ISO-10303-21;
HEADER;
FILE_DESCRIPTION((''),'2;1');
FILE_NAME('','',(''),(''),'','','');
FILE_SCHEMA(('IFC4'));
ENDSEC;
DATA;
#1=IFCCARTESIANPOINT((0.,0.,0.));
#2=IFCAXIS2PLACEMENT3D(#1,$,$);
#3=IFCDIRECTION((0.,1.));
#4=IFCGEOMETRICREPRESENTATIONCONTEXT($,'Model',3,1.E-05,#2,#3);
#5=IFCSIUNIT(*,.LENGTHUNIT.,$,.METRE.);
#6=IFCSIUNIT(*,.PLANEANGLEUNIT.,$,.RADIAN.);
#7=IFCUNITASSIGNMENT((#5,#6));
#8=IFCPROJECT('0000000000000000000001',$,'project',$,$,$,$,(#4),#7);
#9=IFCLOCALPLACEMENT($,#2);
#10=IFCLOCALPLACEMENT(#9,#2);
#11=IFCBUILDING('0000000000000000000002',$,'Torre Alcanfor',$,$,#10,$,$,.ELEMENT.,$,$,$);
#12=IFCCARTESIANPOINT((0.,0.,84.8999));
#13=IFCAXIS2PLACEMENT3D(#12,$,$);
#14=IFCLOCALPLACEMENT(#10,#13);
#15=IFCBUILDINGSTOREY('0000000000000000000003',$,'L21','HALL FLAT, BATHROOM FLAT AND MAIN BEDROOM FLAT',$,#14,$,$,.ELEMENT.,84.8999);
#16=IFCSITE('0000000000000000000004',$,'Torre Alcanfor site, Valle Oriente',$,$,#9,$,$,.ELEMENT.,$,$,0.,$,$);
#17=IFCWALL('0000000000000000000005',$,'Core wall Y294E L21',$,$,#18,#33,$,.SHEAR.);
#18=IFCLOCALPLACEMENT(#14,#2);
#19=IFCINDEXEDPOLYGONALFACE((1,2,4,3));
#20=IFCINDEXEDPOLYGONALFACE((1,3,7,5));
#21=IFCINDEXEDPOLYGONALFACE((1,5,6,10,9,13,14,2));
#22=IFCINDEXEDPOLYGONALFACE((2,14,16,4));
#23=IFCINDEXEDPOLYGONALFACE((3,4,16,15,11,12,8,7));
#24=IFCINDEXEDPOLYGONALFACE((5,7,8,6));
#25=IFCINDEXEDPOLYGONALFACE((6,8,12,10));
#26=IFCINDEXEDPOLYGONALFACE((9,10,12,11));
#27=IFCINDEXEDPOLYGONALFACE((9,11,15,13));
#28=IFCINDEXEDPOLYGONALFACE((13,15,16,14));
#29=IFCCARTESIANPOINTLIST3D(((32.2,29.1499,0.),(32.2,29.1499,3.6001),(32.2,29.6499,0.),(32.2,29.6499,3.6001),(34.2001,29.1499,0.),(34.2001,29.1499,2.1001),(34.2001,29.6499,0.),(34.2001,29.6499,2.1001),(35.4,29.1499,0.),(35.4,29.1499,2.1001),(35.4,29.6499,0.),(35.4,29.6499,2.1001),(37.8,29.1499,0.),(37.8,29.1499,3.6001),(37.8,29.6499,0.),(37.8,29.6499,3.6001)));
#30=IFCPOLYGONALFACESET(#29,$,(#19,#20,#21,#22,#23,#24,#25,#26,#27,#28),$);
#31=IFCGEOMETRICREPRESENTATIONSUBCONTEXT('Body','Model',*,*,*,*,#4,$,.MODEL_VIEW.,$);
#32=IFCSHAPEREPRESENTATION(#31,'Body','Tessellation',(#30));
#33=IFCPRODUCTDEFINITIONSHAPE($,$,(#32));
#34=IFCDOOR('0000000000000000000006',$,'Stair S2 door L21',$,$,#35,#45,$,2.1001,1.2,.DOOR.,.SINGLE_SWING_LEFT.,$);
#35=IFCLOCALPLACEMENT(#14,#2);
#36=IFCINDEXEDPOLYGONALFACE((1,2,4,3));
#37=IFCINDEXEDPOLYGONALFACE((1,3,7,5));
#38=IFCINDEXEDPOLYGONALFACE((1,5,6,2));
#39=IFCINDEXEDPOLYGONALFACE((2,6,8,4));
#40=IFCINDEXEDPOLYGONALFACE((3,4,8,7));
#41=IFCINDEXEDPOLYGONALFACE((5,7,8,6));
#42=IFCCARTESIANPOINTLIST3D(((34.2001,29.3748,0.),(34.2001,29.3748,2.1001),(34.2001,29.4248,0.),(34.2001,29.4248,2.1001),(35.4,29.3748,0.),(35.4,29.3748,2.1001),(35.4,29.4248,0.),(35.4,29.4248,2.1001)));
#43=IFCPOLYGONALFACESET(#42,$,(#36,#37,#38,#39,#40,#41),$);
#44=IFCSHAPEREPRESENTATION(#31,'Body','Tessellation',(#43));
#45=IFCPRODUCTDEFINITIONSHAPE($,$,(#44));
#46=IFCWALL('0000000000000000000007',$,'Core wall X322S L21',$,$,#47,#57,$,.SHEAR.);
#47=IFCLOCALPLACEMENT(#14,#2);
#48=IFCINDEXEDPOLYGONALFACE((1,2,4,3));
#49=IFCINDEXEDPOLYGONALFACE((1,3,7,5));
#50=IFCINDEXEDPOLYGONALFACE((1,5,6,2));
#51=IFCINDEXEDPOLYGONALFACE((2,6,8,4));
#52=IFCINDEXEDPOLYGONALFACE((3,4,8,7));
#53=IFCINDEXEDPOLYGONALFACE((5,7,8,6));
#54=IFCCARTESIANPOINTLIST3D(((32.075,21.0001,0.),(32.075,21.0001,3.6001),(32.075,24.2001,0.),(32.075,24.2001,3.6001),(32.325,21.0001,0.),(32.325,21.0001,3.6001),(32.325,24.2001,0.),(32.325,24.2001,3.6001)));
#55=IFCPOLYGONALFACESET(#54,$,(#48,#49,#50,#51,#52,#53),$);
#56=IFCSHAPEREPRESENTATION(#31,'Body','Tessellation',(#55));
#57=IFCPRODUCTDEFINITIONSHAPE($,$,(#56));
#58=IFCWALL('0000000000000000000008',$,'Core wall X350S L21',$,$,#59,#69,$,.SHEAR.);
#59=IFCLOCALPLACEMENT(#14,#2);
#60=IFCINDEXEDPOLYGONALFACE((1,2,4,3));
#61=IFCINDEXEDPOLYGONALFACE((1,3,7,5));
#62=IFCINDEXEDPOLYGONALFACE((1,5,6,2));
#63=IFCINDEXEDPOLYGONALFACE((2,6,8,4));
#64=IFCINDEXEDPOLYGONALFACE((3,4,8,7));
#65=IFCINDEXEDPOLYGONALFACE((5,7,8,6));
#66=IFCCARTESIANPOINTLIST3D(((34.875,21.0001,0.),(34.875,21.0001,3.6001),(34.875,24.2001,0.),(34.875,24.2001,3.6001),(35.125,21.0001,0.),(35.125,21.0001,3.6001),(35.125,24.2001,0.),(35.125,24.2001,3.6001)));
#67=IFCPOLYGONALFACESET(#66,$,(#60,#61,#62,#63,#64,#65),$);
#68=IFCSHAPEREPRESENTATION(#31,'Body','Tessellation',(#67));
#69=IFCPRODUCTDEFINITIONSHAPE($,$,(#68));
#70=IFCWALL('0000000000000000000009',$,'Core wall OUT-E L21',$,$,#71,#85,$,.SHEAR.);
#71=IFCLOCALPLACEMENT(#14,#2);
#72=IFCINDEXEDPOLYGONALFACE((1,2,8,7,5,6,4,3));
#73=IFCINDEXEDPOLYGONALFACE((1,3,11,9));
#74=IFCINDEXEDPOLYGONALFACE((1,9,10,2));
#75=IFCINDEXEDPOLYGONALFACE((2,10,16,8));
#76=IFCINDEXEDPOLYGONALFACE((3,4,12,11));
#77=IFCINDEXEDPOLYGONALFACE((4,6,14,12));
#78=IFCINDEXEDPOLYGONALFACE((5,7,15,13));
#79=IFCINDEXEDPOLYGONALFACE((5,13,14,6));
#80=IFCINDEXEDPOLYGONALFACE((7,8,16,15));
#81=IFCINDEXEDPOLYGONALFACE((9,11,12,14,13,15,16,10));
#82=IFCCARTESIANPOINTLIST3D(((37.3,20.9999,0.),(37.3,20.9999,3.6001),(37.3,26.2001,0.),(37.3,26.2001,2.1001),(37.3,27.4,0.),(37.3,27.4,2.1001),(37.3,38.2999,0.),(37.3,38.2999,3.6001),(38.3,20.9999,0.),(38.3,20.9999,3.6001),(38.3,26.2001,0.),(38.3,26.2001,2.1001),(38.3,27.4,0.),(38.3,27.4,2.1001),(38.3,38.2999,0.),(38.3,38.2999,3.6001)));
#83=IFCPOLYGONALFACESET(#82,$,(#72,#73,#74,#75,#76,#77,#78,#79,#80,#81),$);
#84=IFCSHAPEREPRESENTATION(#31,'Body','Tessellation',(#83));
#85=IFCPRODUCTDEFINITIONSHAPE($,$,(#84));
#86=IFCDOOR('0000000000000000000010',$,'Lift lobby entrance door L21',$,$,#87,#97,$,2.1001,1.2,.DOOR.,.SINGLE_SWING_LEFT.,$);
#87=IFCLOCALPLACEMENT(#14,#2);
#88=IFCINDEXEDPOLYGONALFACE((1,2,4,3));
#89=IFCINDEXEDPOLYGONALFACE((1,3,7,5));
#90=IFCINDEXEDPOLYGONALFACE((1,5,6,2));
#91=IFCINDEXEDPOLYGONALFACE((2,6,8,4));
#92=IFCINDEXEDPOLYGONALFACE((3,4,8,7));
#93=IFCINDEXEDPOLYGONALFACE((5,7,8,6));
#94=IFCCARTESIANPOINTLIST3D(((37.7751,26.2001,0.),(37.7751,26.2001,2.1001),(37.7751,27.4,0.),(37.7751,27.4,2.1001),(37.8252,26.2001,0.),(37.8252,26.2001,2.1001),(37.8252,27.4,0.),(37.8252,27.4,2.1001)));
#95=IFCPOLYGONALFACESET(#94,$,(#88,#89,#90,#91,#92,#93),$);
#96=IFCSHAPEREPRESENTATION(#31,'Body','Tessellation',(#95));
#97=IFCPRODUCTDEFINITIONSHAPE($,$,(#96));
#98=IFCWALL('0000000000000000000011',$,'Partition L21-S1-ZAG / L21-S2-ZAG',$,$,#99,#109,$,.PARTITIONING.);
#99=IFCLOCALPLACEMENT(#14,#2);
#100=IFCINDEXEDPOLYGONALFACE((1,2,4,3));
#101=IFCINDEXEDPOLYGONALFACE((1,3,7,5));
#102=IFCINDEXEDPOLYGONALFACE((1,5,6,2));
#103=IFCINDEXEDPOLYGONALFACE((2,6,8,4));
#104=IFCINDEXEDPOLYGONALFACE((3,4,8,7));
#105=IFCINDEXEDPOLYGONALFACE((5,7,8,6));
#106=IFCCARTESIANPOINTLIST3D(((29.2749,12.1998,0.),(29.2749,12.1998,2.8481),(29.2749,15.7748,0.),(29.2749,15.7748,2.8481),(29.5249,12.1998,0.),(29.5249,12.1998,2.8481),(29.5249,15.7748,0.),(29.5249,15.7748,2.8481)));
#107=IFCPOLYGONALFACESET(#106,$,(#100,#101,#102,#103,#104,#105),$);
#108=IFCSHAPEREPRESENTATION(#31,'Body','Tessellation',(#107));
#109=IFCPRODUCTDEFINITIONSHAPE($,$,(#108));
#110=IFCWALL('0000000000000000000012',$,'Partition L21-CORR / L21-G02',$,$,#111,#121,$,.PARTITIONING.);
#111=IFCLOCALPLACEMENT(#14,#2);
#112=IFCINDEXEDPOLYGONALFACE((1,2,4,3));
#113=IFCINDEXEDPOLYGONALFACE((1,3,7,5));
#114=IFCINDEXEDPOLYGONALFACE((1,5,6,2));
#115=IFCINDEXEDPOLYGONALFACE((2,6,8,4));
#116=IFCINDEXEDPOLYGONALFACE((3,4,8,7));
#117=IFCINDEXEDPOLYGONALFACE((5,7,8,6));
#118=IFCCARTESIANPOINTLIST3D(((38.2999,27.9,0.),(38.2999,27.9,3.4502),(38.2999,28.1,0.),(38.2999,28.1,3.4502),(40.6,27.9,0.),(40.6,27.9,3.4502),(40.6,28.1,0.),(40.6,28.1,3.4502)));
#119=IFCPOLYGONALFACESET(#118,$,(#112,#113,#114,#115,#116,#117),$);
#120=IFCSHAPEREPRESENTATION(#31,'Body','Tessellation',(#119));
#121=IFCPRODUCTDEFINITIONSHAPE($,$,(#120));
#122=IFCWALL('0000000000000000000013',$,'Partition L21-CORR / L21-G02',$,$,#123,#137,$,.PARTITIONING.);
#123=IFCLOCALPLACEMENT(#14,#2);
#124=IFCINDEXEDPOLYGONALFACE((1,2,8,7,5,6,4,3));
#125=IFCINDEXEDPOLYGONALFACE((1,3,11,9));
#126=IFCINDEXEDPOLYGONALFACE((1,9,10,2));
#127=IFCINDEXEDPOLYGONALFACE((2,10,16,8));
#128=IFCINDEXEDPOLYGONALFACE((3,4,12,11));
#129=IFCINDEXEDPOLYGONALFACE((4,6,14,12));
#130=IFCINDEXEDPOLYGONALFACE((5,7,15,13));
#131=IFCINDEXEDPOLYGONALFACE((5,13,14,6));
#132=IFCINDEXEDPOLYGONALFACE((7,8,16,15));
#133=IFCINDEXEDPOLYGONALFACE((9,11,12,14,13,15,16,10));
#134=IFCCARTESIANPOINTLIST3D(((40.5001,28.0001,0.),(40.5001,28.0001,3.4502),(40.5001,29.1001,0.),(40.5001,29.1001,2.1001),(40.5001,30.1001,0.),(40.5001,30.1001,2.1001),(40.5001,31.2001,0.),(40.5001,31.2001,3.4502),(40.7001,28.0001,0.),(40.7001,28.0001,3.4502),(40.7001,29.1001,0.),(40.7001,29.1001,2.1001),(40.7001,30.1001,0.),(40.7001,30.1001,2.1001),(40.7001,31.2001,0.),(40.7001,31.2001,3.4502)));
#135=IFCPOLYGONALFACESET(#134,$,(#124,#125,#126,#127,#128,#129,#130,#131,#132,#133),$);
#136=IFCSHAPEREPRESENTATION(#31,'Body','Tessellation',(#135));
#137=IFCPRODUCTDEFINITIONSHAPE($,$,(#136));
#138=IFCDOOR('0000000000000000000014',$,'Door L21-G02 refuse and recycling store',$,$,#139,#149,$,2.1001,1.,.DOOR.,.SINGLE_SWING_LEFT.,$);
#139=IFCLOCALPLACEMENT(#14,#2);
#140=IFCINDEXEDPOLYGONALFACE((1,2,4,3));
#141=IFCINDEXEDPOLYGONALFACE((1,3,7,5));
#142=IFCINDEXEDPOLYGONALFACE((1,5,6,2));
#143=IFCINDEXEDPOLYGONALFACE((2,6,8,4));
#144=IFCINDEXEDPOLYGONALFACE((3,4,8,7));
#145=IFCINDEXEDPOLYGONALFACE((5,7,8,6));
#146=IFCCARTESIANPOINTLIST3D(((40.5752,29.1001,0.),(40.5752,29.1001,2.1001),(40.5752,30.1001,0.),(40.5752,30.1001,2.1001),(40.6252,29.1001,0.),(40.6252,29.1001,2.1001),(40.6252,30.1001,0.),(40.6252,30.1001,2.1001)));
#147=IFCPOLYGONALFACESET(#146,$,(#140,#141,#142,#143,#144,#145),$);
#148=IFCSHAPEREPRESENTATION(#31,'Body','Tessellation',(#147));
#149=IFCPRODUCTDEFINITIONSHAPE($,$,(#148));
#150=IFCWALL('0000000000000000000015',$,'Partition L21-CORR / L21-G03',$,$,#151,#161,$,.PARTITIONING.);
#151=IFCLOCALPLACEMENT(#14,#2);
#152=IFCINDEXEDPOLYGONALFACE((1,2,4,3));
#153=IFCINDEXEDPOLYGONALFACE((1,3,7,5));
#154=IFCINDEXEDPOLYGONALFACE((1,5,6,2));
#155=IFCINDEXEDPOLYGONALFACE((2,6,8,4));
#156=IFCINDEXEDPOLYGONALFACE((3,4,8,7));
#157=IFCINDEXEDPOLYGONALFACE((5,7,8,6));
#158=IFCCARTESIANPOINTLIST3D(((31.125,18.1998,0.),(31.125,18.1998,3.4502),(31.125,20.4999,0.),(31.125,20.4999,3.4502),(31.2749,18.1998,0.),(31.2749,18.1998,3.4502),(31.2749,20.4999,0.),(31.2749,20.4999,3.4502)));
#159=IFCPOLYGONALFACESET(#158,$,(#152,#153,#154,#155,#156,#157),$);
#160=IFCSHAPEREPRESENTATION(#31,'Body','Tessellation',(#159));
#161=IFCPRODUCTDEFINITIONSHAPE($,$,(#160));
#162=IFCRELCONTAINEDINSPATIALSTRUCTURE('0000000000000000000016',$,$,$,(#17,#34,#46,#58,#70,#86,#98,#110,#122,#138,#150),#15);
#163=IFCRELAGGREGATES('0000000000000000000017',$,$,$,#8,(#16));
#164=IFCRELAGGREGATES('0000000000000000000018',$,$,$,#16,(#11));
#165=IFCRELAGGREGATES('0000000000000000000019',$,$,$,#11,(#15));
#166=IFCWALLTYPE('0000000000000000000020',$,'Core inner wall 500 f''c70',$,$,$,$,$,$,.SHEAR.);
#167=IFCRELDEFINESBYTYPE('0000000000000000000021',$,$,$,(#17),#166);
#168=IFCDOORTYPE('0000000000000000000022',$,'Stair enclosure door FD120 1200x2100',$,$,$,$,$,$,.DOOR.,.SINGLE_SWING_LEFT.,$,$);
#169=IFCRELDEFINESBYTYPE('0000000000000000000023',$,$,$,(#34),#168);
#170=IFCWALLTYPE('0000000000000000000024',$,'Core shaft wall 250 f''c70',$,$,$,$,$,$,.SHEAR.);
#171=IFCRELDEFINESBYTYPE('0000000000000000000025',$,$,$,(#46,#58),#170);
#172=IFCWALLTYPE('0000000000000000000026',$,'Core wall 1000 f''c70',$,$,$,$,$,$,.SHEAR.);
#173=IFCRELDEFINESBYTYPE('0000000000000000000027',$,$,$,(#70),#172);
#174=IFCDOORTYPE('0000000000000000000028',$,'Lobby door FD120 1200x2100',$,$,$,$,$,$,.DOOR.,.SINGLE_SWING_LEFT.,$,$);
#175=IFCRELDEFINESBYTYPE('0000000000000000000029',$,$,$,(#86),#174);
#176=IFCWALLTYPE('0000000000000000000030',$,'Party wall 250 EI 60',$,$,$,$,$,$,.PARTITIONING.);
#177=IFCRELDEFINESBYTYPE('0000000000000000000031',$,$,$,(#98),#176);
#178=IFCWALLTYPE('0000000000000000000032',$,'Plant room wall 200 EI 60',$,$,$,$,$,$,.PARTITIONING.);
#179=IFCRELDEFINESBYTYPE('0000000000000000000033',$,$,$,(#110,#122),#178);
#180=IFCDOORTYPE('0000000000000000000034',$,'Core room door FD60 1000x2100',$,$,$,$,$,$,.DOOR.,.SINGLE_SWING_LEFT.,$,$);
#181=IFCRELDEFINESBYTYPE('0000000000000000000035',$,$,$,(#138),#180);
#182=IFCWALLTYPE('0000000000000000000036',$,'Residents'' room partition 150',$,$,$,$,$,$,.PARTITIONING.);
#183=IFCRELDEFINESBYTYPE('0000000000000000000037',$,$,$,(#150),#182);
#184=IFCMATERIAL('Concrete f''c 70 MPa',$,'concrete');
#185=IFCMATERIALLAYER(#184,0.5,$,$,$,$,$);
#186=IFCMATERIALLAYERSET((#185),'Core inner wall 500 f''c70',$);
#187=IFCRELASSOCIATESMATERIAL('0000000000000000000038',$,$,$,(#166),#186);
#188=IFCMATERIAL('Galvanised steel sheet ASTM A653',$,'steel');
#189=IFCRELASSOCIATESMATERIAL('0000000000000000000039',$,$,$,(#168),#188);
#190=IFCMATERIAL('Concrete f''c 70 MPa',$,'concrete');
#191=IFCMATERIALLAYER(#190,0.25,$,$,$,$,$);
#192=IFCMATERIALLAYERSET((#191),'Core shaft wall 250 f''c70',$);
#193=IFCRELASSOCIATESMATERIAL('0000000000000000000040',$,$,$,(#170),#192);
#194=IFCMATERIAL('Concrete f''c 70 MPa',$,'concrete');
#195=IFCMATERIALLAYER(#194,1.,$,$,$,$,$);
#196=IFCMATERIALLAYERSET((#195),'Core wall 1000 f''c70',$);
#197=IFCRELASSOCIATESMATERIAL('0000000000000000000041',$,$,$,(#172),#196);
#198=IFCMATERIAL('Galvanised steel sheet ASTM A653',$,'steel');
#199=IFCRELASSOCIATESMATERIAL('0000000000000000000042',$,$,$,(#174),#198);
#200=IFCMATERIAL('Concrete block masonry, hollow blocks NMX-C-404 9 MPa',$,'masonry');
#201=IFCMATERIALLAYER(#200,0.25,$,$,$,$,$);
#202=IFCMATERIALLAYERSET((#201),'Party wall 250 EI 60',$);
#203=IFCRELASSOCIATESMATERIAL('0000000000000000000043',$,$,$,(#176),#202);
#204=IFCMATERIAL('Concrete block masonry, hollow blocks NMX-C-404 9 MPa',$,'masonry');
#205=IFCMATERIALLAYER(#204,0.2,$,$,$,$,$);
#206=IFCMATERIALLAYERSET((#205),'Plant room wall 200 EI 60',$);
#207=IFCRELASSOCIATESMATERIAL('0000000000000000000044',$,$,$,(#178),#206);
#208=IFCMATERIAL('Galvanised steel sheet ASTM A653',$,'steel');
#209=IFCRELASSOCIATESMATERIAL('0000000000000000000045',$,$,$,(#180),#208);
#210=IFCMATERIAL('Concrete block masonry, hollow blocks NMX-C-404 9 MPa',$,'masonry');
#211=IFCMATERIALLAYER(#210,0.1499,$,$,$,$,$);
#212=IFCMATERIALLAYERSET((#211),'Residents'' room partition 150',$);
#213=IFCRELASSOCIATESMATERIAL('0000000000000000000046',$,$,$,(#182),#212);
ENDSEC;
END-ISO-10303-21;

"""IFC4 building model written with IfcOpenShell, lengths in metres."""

from ifc_helpers import new_model, si_unit, direction, frame, frame_2d, origin, place, context, subcontext, project, spatial, rectangle, extrude, material, layer, layer_set, type_object, element, fill, save


model = new_model("IFC4")

# Units and contexts
model_context = context("Model", 3, precision=1e-05, world=origin(), true_north=direction((0.0, 1.0)))
body_context = subcontext(model_context, "Body", "Model", "MODEL_VIEW")
ifc_project = project(units=[si_unit("LENGTHUNIT", "METRE"), si_unit("PLANEANGLEUNIT", "RADIAN")], contexts=[model_context])

# Site, building, storey
site_placement = place(None, origin())
site = spatial("IfcSite", under=ifc_project, at=site_placement, Name="Torre Alcanfor site, Valle Oriente", CompositionType="ELEMENT", RefElevation=0.0)
building_placement = place(site_placement, origin())
building = spatial("IfcBuilding", under=site, at=building_placement, Name="Torre Alcanfor", CompositionType="ELEMENT")
storey_placement = place(building_placement, frame((0.0, 0.0, 84.8999)))
storey = spatial("IfcBuildingStorey", under=building, at=storey_placement, Name="L21", Description="HALL FLAT, BATHROOM FLAT AND MAIN BEDROOM FLAT", CompositionType="ELEMENT", Elevation=84.8999)

# Shared definitions
ifc_material_1 = material(Name="Concrete f'c 70 MPa", Category="concrete")
ifc_layer_1 = layer(ifc_material_1, 0.5)
ifc_layer_set_1 = layer_set([ifc_layer_1], Name="Core inner wall 500 f'c70")
wall_type_1 = type_object("IfcWallType", Name="Core inner wall 500 f'c70", PredefinedType="SHEAR", material=ifc_layer_set_1)

# Wall, opening, door
wall_1_placement = place(storey_placement, frame((32.2, 29.3999, 0.0), z_axis=(0.0, 0.0, 1.0), x_axis=(1.0, 0.0, 0.0)))
wall_1 = element("IfcWall", 1, at=wall_1_placement, inside=storey, type_object=wall_type_1, Name="Core wall Y294E L21", PredefinedType="SHEAR", context=body_context, shape_type="SweptSolid", body=[
    extrude(rectangle(XDim=5.6001, YDim=0.5, at=frame_2d((2.8, 0.0))), origin(), (0.0, 0.0, 1.0), 3.6001),
])
opening_1_placement = place(wall_1_placement, frame((2.0, 0.0, 0.0)))
opening_1 = element("IfcOpeningElement", 2, at=opening_1_placement, cuts=wall_1, PredefinedType="OPENING", context=body_context, shape_type="SweptSolid", body=[
    extrude(rectangle(XDim=1.2, YDim=2.1001, at=frame_2d((0.6001, 1.05))), frame((0.0, 0.26, 0.0), z_axis=(0.0, -1.0, 0.0), x_axis=(1.0, 0.0, 0.0)), (0.0, 0.0, 1.0), 0.52),
])
ifc_material_2 = material(Name="Galvanised steel sheet ASTM A653", Category="steel")
door_type_1 = type_object("IfcDoorType", Name="Stair enclosure door FD120 1200x2100", OperationType="SINGLE_SWING_LEFT", PredefinedType="DOOR", material=ifc_material_2)
door_1_placement = place(opening_1_placement, origin())
door_1 = element("IfcDoor", 3, at=door_1_placement, inside=storey, type_object=door_type_1, Name="Stair S2 door L21", OperationType="SINGLE_SWING_LEFT", OverallHeight=2.1001, OverallWidth=1.2, PredefinedType="DOOR", context=body_context, shape_type="SweptSolid", body=[
    extrude(rectangle(XDim=1.2, YDim=2.1001, at=frame_2d((0.6001, 1.05))), frame((0.0, 0.0249, 0.0), z_axis=(0.0, -1.0, 0.0), x_axis=(1.0, 0.0, 0.0)), (0.0, 0.0, 1.0), 0.05),
])
fill(opening_1, door_1)

# Walls
ifc_material_3 = material(Name="Concrete f'c 70 MPa", Category="concrete")
ifc_layer_2 = layer(ifc_material_3, 0.25)
ifc_layer_set_2 = layer_set([ifc_layer_2], Name="Core shaft wall 250 f'c70")
wall_type_2 = type_object("IfcWallType", Name="Core shaft wall 250 f'c70", PredefinedType="SHEAR", material=ifc_layer_set_2)
for number, where, z_axis, x_axis, name in (
    (4, (32.2, 21.0, 0.0), (0.0, 0.0, 1.0), (0.0, 1.0, 0.0), "Core wall X322S L21"),
    (5, (35.0, 21.0, 0.0), (0.0, 0.0, 1.0), (0.0, 1.0, 0.0), "Core wall X350S L21"),
):
    element("IfcWall", number, at=place(storey_placement, frame(where, z_axis=z_axis, x_axis=x_axis)), inside=storey, type_object=wall_type_2, Name=name, PredefinedType="SHEAR", context=body_context, shape_type="SweptSolid", body=[
        extrude(rectangle(XDim=3.2, YDim=0.25, at=frame_2d((1.6001, 0.0))), origin(), (0.0, 0.0, 1.0), 3.6001),
    ])

# Wall, opening, door
ifc_material_4 = material(Name="Concrete f'c 70 MPa", Category="concrete")
ifc_layer_3 = layer(ifc_material_4, 1.0)
ifc_layer_set_3 = layer_set([ifc_layer_3], Name="Core wall 1000 f'c70")
wall_type_3 = type_object("IfcWallType", Name="Core wall 1000 f'c70", PredefinedType="SHEAR", material=ifc_layer_set_3)
wall_2_placement = place(storey_placement, frame((37.8, 21.0, 0.0), z_axis=(0.0, 0.0, 1.0), x_axis=(0.0, 1.0, 0.0)))
wall_2 = element("IfcWall", 6, at=wall_2_placement, inside=storey, type_object=wall_type_3, Name="Core wall OUT-E L21", PredefinedType="SHEAR", context=body_context, shape_type="SweptSolid", body=[
    extrude(rectangle(XDim=17.3, YDim=1.0, at=frame_2d((8.6499, 0.0))), origin(), (0.0, 0.0, 1.0), 3.6001),
])
opening_2_placement = place(wall_2_placement, frame((5.2, 0.0, 0.0)))
opening_2 = element("IfcOpeningElement", 7, at=opening_2_placement, cuts=wall_2, PredefinedType="OPENING", context=body_context, shape_type="SweptSolid", body=[
    extrude(rectangle(XDim=1.2, YDim=2.1001, at=frame_2d((0.6001, 1.05))), frame((0.0, 0.51, 0.0), z_axis=(0.0, -1.0, 0.0), x_axis=(1.0, 0.0, 0.0)), (0.0, 0.0, 1.0), 1.02),
])
ifc_material_5 = material(Name="Galvanised steel sheet ASTM A653", Category="steel")
door_type_2 = type_object("IfcDoorType", Name="Lobby door FD120 1200x2100", OperationType="SINGLE_SWING_LEFT", PredefinedType="DOOR", material=ifc_material_5)
door_2_placement = place(opening_2_placement, origin())
door_2 = element("IfcDoor", 8, at=door_2_placement, inside=storey, type_object=door_type_2, Name="Lift lobby entrance door L21", OperationType="SINGLE_SWING_LEFT", OverallHeight=2.1001, OverallWidth=1.2, PredefinedType="DOOR", context=body_context, shape_type="SweptSolid", body=[
    extrude(rectangle(XDim=1.2, YDim=2.1001, at=frame_2d((0.6001, 1.05))), frame((0.0, 0.0249, 0.0), z_axis=(0.0, -1.0, 0.0), x_axis=(1.0, 0.0, 0.0)), (0.0, 0.0, 1.0), 0.05),
])
fill(opening_2, door_2)

# Walls
ifc_material_6 = material(Name="Concrete block masonry, hollow blocks NMX-C-404 9 MPa", Category="masonry")
ifc_layer_4 = layer(ifc_material_6, 0.25)
ifc_layer_set_4 = layer_set([ifc_layer_4], Name="Party wall 250 EI 60")
wall_type_4 = type_object("IfcWallType", Name="Party wall 250 EI 60", PredefinedType="PARTITIONING", material=ifc_layer_set_4)
wall_3_placement = place(storey_placement, frame((29.3999, 15.7749, 0.0), z_axis=(0.0, 0.0, 1.0), x_axis=(0.0, -1.0, 0.0)))
element("IfcWall", 9, at=wall_3_placement, inside=storey, type_object=wall_type_4, Name="Partition L21-S1-ZAG / L21-S2-ZAG", PredefinedType="PARTITIONING", context=body_context, shape_type="SweptSolid", body=[
    extrude(rectangle(XDim=3.575, YDim=0.25, at=frame_2d((1.7876, 0.0))), origin(), (0.0, 0.0, 1.0), 2.8481),
])
ifc_material_7 = material(Name="Concrete block masonry, hollow blocks NMX-C-404 9 MPa", Category="masonry")
ifc_layer_5 = layer(ifc_material_7, 0.2)
ifc_layer_set_5 = layer_set([ifc_layer_5], Name="Plant room wall 200 EI 60")
wall_type_5 = type_object("IfcWallType", Name="Plant room wall 200 EI 60", PredefinedType="PARTITIONING", material=ifc_layer_set_5)
wall_4_placement = place(storey_placement, frame((38.3, 28.0, 0.0), z_axis=(0.0, 0.0, 1.0), x_axis=(1.0, 0.0, 0.0)))
element("IfcWall", 10, at=wall_4_placement, inside=storey, type_object=wall_type_5, Name="Partition L21-CORR / L21-G02", PredefinedType="PARTITIONING", context=body_context, shape_type="SweptSolid", body=[
    extrude(rectangle(XDim=2.3, YDim=0.2, at=frame_2d((1.1499, 0.0))), origin(), (0.0, 0.0, 1.0), 3.4502),
])

# Wall, opening, door
wall_5_placement = place(storey_placement, frame((40.6001, 28.0, 0.0), z_axis=(0.0, 0.0, 1.0), x_axis=(0.0, 1.0, 0.0)))
wall_5 = element("IfcWall", 11, at=wall_5_placement, inside=storey, type_object=wall_type_5, Name="Partition L21-CORR / L21-G02", PredefinedType="PARTITIONING", context=body_context, shape_type="SweptSolid", body=[
    extrude(rectangle(XDim=3.2, YDim=0.2, at=frame_2d((1.6001, 0.0))), origin(), (0.0, 0.0, 1.0), 3.4502),
])
opening_3_placement = place(wall_5_placement, frame((1.1001, 0.0, 0.0)))
opening_3 = element("IfcOpeningElement", 12, at=opening_3_placement, cuts=wall_5, PredefinedType="OPENING", context=body_context, shape_type="SweptSolid", body=[
    extrude(rectangle(XDim=1.0, YDim=2.1001, at=frame_2d((0.5, 1.05))), frame((0.0, 0.1099, 0.0), z_axis=(0.0, -1.0, 0.0), x_axis=(1.0, 0.0, 0.0)), (0.0, 0.0, 1.0), 0.22),
])
ifc_material_8 = material(Name="Galvanised steel sheet ASTM A653", Category="steel")
door_type_3 = type_object("IfcDoorType", Name="Core room door FD60 1000x2100", OperationType="SINGLE_SWING_LEFT", PredefinedType="DOOR", material=ifc_material_8)
door_3_placement = place(opening_3_placement, origin())
door_3 = element("IfcDoor", 13, at=door_3_placement, inside=storey, type_object=door_type_3, Name="Door L21-G02 refuse and recycling store", OperationType="SINGLE_SWING_LEFT", OverallHeight=2.1001, OverallWidth=1.0, PredefinedType="DOOR", context=body_context, shape_type="SweptSolid", body=[
    extrude(rectangle(XDim=1.0, YDim=2.1001, at=frame_2d((0.5, 1.05))), frame((0.0, 0.0249, 0.0), z_axis=(0.0, -1.0, 0.0), x_axis=(1.0, 0.0, 0.0)), (0.0, 0.0, 1.0), 0.05),
])
fill(opening_3, door_3)

# Wall
ifc_material_9 = material(Name="Concrete block masonry, hollow blocks NMX-C-404 9 MPa", Category="masonry")
ifc_layer_6 = layer(ifc_material_9, 0.1499)
ifc_layer_set_6 = layer_set([ifc_layer_6], Name="Residents' room partition 150")
wall_type_6 = type_object("IfcWallType", Name="Residents' room partition 150", PredefinedType="PARTITIONING", material=ifc_layer_set_6)
wall_6_placement = place(storey_placement, frame((31.2, 18.2, 0.0), z_axis=(0.0, 0.0, 1.0), x_axis=(0.0, 1.0, 0.0)))
element("IfcWall", 14, at=wall_6_placement, inside=storey, type_object=wall_type_6, Name="Partition L21-CORR / L21-G03", PredefinedType="PARTITIONING", context=body_context, shape_type="SweptSolid", body=[
    extrude(rectangle(XDim=2.3, YDim=0.1499, at=frame_2d((1.1499, 0.0))), origin(), (0.0, 0.0, 1.0), 3.4502),
])

save(model, "model.ifc")
